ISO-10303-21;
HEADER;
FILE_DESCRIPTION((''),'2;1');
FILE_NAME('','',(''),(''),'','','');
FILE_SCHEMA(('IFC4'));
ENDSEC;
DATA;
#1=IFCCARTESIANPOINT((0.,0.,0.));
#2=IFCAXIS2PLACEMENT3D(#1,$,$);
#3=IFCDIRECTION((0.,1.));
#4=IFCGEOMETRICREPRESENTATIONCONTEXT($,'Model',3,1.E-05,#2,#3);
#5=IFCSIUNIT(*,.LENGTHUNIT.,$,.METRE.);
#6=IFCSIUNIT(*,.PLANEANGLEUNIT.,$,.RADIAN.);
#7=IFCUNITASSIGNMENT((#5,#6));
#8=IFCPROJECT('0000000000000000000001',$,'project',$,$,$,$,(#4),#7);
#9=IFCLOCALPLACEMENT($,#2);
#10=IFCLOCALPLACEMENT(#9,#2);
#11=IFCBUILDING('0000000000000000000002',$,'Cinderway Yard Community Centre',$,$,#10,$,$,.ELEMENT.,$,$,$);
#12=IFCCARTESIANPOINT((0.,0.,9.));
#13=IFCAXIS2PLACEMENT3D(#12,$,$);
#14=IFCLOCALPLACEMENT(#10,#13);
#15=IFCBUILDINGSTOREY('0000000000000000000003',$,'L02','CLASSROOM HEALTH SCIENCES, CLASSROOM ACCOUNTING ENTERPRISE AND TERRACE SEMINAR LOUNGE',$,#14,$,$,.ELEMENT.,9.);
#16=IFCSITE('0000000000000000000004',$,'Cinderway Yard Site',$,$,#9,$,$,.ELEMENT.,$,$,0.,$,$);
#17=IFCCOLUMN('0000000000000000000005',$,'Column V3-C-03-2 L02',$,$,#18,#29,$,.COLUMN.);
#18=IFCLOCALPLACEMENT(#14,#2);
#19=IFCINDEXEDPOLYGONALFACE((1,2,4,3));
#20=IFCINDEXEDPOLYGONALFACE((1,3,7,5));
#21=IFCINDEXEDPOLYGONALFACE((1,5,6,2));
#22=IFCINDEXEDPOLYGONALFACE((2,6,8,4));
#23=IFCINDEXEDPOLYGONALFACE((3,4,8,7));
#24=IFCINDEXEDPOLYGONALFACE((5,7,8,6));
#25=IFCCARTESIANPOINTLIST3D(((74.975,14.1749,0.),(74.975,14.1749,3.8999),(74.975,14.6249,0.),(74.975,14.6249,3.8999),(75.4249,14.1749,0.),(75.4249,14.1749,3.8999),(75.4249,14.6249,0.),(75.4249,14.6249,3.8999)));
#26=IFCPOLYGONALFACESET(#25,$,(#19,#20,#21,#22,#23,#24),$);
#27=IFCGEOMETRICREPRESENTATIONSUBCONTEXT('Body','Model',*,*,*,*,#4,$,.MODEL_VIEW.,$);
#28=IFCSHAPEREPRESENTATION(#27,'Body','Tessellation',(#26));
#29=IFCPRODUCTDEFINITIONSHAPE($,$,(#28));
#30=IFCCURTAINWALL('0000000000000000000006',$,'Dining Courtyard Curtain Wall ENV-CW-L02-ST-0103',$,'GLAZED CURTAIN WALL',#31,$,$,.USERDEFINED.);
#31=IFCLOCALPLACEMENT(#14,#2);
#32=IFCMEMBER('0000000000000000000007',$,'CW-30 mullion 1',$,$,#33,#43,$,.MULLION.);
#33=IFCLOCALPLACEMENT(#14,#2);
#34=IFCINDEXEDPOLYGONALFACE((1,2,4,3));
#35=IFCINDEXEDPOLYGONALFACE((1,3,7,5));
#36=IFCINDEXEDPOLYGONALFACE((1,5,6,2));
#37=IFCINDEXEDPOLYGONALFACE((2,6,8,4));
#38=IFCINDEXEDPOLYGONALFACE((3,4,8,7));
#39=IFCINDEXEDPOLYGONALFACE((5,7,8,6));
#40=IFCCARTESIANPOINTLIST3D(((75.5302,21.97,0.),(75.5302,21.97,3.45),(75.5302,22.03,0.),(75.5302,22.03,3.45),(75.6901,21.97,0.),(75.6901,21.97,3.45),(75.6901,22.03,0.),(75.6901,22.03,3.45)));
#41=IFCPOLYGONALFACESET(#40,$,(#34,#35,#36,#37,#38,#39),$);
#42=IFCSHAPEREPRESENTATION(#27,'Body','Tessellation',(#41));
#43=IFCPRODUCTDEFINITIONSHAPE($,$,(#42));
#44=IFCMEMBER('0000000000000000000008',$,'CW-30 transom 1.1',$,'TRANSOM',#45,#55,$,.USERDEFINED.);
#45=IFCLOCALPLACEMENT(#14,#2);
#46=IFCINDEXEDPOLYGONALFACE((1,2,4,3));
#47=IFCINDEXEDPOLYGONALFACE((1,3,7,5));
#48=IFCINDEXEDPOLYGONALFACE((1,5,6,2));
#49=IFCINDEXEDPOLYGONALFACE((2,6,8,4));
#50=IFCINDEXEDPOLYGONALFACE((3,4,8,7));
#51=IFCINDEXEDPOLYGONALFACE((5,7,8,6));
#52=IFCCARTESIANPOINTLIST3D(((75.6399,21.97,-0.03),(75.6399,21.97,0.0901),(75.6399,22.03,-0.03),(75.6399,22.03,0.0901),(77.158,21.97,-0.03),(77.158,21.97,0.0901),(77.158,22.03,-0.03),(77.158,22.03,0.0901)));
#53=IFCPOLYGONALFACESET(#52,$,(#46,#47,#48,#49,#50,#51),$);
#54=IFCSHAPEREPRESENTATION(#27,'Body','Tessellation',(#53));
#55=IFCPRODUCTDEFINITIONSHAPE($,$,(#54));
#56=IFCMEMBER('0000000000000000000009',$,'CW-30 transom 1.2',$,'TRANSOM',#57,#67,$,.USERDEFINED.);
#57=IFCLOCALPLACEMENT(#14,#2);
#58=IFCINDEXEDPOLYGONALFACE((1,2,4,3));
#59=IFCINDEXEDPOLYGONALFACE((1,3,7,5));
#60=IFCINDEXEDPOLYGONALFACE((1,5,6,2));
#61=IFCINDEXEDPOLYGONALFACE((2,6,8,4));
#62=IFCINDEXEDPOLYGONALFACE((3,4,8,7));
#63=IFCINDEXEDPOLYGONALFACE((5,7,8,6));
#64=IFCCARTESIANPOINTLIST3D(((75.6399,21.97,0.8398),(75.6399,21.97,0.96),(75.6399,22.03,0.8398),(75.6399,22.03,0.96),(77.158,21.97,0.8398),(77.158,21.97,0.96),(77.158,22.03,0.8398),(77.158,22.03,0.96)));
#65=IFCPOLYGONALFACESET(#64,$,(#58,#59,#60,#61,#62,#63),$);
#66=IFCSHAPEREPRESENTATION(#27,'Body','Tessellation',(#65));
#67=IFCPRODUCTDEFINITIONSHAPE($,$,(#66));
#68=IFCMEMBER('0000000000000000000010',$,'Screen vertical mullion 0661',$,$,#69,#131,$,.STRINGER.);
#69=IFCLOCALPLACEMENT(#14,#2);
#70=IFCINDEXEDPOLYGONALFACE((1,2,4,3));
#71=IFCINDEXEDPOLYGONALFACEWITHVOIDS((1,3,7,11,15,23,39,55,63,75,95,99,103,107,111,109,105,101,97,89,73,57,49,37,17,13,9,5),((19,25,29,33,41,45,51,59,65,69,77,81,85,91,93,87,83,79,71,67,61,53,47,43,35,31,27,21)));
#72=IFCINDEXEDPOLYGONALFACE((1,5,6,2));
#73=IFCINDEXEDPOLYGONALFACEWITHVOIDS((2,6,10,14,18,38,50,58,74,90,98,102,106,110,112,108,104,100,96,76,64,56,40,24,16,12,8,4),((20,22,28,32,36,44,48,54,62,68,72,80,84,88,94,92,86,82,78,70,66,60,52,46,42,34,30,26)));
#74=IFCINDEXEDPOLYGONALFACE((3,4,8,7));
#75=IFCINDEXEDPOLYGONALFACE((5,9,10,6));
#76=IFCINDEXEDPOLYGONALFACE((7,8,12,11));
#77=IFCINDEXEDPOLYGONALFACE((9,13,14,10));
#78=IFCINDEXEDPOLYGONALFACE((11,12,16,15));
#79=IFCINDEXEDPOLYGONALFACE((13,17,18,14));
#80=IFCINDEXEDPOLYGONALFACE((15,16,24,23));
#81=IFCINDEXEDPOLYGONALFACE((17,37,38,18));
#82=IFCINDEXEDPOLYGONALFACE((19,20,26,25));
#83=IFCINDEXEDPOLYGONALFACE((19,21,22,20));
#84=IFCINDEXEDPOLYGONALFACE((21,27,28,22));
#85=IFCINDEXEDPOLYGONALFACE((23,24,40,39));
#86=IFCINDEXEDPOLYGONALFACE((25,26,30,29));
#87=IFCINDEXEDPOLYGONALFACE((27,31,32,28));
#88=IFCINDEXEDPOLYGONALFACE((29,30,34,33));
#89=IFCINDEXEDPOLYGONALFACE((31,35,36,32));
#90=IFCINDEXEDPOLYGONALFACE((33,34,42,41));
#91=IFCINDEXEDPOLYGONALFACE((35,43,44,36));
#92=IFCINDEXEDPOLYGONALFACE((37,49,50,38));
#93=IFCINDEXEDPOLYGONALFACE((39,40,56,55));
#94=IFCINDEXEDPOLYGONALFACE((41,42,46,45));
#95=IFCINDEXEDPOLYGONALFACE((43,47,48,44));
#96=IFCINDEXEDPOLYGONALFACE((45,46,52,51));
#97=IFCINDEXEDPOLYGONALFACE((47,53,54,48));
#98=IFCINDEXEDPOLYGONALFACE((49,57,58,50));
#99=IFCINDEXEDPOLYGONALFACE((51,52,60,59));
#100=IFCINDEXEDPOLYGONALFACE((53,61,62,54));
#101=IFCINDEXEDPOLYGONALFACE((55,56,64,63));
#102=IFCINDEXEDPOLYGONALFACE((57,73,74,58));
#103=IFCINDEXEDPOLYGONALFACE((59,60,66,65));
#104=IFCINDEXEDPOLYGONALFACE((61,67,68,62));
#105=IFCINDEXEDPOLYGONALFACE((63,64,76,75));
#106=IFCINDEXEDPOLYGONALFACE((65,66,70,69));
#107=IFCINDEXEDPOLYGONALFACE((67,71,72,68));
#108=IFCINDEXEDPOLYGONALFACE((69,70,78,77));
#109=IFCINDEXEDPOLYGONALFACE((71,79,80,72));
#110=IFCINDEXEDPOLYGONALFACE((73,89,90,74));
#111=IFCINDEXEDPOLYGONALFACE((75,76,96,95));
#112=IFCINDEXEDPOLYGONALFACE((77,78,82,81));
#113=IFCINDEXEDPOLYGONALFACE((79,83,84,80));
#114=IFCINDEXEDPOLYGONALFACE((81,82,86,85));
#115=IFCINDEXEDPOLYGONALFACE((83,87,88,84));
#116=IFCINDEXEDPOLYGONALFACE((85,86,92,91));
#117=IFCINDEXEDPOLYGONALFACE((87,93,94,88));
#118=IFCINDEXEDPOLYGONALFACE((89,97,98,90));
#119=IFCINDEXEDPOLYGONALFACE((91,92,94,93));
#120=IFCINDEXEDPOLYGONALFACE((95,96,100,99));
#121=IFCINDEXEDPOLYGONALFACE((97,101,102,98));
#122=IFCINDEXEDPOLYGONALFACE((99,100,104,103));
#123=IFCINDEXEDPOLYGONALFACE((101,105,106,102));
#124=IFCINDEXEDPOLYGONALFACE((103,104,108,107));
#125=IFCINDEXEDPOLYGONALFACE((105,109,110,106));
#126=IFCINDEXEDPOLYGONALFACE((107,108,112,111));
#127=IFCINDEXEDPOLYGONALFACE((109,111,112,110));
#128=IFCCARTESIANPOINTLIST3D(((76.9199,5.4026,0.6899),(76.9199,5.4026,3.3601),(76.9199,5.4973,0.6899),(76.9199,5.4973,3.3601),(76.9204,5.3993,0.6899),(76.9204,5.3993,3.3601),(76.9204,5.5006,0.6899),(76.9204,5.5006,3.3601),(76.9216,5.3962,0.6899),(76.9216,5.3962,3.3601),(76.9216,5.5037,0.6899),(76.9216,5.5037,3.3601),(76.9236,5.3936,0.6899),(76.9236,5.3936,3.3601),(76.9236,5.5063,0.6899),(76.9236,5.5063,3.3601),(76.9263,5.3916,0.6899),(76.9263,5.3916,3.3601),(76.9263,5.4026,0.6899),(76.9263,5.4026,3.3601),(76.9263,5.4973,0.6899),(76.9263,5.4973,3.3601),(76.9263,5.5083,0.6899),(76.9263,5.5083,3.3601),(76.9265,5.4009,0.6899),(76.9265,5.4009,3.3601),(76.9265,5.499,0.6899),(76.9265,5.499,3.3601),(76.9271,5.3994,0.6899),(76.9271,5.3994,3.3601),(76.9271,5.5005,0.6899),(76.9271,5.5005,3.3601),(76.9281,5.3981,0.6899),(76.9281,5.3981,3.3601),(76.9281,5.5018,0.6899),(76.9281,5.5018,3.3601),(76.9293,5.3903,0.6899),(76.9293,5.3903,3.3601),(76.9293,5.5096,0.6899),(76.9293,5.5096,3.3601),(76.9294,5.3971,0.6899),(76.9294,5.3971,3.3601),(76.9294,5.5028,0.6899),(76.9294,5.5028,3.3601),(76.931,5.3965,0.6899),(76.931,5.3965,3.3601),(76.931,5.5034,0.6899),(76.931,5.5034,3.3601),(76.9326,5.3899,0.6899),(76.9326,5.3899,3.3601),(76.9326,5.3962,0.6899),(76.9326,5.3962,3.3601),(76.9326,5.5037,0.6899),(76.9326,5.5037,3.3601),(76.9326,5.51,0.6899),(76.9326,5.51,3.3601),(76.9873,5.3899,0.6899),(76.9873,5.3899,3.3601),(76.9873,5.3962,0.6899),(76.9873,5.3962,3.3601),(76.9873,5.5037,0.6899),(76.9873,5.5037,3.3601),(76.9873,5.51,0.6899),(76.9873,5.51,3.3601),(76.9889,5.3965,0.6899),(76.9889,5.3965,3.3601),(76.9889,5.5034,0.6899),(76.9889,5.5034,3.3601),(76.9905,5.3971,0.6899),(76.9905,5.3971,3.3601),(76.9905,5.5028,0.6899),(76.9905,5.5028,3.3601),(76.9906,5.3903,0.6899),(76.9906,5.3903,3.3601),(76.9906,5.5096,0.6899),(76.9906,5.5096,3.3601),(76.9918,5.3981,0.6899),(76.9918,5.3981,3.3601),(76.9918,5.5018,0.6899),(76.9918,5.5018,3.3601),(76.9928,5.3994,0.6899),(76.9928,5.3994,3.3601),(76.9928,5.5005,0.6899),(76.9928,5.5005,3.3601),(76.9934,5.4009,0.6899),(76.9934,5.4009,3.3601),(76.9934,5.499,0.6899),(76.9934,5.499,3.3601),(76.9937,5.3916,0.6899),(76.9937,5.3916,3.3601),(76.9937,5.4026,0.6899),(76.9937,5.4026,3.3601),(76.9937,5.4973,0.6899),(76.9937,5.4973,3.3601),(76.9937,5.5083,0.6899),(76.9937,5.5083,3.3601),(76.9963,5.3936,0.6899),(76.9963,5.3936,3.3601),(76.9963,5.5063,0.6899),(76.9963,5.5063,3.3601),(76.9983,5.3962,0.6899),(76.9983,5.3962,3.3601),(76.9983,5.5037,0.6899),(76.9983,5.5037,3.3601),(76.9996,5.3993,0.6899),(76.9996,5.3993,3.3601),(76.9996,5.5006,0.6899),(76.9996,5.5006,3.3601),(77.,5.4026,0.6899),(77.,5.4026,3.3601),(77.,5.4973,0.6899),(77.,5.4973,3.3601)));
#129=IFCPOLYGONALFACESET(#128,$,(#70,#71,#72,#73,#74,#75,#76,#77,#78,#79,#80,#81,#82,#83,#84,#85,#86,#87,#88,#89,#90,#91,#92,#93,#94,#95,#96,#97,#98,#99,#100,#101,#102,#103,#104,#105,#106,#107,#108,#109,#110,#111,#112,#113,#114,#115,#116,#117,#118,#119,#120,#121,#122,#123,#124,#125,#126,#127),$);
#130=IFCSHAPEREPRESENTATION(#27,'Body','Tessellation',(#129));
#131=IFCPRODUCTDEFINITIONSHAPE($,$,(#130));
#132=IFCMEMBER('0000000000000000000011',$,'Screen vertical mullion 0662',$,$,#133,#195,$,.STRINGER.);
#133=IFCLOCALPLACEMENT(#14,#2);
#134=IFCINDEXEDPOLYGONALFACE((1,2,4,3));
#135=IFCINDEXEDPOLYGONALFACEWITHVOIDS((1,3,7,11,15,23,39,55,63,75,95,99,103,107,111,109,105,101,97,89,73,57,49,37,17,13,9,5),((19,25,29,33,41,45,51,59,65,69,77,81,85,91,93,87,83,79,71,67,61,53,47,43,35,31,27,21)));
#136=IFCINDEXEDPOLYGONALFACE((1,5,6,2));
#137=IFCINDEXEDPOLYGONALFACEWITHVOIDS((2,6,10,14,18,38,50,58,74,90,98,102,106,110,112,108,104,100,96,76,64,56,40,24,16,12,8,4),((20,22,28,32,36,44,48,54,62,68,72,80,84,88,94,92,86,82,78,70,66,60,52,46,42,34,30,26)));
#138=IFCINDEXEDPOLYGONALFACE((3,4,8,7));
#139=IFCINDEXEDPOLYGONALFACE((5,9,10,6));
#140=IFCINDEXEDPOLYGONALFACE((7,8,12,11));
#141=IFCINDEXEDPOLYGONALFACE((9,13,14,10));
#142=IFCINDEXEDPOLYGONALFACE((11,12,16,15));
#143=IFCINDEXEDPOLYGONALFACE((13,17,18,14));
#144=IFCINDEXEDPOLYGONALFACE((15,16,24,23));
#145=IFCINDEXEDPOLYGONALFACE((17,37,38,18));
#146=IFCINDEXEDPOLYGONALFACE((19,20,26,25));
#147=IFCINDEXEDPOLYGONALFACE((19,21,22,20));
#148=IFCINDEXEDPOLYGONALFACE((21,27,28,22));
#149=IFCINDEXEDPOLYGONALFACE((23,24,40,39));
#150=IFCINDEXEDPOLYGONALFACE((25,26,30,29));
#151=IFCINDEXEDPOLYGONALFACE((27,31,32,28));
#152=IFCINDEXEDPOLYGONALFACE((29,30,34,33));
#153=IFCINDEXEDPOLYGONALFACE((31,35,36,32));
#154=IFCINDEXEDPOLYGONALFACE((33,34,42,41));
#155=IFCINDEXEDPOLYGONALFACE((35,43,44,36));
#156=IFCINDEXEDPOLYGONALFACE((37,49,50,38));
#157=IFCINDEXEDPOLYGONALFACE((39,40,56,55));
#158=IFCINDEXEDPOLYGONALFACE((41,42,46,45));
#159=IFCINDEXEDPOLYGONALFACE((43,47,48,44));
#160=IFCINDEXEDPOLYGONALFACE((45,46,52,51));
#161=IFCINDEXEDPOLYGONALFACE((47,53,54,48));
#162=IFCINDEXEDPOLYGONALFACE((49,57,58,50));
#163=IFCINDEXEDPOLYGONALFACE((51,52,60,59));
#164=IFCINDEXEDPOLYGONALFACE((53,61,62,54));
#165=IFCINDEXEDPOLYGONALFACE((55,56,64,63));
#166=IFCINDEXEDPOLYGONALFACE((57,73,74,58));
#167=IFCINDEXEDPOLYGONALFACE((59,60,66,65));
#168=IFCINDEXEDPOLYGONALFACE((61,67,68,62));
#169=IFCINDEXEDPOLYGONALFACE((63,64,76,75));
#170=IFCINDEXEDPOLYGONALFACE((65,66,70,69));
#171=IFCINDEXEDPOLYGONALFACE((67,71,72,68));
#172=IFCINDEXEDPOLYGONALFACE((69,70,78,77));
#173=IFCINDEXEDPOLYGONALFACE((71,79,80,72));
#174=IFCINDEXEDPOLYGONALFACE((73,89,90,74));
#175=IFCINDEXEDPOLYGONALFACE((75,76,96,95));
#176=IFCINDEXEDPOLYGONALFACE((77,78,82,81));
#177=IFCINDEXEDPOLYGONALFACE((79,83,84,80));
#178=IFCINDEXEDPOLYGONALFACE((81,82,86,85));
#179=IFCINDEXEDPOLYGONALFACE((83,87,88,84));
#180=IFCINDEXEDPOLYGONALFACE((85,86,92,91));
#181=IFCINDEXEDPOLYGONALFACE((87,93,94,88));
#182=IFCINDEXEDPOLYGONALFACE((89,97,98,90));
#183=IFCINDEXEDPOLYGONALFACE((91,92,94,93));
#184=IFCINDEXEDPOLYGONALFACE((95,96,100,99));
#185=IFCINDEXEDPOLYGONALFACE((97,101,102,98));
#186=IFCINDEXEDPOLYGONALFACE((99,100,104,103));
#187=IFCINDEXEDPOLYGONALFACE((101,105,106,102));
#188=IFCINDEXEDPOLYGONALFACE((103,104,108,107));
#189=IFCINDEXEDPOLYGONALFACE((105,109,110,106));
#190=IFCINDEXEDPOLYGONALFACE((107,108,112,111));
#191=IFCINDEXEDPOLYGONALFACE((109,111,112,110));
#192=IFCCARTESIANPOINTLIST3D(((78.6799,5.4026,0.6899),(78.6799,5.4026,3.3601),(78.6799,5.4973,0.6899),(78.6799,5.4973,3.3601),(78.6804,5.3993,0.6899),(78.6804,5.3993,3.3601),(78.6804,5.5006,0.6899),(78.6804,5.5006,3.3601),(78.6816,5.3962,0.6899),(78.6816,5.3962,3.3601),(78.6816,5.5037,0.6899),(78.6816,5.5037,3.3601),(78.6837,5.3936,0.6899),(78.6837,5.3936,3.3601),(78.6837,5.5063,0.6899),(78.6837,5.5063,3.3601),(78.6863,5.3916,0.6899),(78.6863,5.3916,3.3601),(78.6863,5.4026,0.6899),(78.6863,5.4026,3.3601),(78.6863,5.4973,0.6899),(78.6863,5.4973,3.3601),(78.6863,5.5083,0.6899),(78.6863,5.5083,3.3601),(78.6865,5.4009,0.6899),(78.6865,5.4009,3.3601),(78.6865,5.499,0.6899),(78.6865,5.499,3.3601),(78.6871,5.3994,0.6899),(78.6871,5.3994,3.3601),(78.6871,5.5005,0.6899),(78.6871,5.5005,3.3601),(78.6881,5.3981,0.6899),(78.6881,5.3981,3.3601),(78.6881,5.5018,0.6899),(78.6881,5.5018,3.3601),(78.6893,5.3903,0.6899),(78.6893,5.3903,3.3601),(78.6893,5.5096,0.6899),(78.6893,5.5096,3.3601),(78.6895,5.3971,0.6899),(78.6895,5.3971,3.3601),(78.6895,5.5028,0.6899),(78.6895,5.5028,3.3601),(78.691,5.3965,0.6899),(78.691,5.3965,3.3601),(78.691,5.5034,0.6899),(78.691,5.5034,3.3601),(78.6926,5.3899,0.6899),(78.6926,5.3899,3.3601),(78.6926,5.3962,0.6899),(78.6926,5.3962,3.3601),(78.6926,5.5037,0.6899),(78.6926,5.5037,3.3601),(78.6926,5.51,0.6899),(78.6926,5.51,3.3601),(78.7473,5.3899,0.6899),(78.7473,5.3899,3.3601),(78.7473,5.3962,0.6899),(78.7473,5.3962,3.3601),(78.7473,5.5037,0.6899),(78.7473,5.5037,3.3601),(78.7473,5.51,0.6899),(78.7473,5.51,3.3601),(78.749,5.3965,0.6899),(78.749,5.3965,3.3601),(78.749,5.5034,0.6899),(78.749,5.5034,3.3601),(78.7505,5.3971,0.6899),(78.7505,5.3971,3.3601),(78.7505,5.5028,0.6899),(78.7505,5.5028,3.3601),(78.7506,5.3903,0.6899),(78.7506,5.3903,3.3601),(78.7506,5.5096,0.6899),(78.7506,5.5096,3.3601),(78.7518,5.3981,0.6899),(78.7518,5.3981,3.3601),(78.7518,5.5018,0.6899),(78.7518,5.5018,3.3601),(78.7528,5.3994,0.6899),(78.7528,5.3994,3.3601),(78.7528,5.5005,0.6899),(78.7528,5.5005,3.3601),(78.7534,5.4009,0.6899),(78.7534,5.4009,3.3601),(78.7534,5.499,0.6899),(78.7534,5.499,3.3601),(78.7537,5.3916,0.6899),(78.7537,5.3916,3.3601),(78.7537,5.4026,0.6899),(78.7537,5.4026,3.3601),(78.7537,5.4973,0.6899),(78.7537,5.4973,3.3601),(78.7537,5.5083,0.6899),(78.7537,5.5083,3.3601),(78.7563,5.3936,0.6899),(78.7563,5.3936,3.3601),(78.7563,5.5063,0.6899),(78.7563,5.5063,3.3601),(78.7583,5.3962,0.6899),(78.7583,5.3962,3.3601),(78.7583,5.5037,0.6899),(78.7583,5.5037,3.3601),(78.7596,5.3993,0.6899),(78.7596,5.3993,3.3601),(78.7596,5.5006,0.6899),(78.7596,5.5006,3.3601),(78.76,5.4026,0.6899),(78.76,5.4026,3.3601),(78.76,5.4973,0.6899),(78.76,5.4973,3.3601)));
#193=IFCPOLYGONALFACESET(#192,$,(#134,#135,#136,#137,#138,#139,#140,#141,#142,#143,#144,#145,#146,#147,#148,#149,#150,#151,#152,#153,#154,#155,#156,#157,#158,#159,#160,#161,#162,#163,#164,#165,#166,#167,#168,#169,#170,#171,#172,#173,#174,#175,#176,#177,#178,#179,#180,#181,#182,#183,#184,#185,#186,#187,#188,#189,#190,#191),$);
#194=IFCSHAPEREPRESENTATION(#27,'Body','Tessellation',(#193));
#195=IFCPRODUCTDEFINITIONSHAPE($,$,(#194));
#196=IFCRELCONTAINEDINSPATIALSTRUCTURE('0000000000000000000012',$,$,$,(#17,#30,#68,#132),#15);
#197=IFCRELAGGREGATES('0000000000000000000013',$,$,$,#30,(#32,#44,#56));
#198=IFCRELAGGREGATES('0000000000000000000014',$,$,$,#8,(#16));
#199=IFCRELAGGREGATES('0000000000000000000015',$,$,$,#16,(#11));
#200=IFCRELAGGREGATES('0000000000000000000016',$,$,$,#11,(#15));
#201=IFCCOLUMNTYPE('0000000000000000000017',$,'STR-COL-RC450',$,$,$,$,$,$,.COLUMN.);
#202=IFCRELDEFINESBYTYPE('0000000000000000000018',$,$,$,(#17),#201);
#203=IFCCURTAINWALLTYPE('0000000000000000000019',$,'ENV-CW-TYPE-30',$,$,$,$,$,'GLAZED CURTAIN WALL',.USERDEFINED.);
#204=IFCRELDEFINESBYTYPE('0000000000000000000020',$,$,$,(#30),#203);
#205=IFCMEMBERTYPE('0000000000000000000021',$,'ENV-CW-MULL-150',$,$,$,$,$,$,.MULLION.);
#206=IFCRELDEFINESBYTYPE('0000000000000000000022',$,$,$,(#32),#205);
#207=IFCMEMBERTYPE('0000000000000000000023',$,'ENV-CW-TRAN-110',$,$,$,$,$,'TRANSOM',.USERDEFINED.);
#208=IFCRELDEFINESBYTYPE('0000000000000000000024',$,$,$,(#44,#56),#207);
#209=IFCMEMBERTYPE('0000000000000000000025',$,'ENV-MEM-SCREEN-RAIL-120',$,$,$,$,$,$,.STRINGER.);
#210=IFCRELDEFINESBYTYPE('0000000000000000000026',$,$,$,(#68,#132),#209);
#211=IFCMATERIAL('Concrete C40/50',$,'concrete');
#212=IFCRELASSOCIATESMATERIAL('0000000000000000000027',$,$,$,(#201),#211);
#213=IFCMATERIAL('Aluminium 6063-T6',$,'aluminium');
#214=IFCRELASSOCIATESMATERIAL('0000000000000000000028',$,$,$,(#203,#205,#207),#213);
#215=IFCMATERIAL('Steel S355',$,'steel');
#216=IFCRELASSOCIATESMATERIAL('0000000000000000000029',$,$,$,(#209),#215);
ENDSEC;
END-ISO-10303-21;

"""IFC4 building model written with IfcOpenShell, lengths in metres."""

from ifc_helpers import new_model, si_unit, direction, frame, origin, origin_2d, place, context, subcontext, project, spatial, rectangle, hollow_rectangle, extrude, material, material_profile, profile_set, type_object, element, aggregate, save


model = new_model("IFC4")

# Units and contexts
model_context = context("Model", 3, precision=1e-05, world=origin(), true_north=direction((0.0, 1.0)))
body_context = subcontext(model_context, "Body", "Model", "MODEL_VIEW")
ifc_project = project(units=[si_unit("LENGTHUNIT", "METRE"), si_unit("PLANEANGLEUNIT", "RADIAN")], contexts=[model_context])

# Site, building, storey
site_placement = place(None, origin())
site = spatial("IfcSite", under=ifc_project, at=site_placement, Name="Cinderway Yard Site", CompositionType="ELEMENT", RefElevation=0.0)
building_placement = place(site_placement, origin())
building = spatial("IfcBuilding", under=site, at=building_placement, Name="Cinderway Yard Community Centre", CompositionType="ELEMENT")
storey_placement = place(building_placement, frame((0.0, 0.0, 9.0)))
storey = spatial("IfcBuildingStorey", under=building, at=storey_placement, Name="L02", Description="CLASSROOM HEALTH SCIENCES, CLASSROOM ACCOUNTING ENTERPRISE AND TERRACE SEMINAR LOUNGE", CompositionType="ELEMENT", Elevation=9.0)

# Column
ifc_material_1 = material(Name="Concrete C40/50", Category="concrete")
ifc_material_profile_1 = material_profile(ifc_material_1, rectangle(XDim=0.45, YDim=0.45, at=origin_2d()), Name="Concrete C40/50")
ifc_profile_set_1 = profile_set([ifc_material_profile_1], Name="Concrete C40/50")
column_type = type_object("IfcColumnType", Name="STR-COL-RC450", PredefinedType="COLUMN", material=ifc_profile_set_1)
column_placement = place(storey_placement, frame((75.2, 14.3999, 0.0), z_axis=(0.0, 0.0, 1.0), x_axis=(1.0, 0.0, 0.0)))
element("IfcColumn", 1, at=column_placement, inside=storey, type_object=column_type, Name="Column V3-C-03-2 L02", PredefinedType="COLUMN", context=body_context, shape_type="SweptSolid", body=[
    extrude(rectangle(XDim=0.45, YDim=0.45, at=origin_2d()), origin(), (0.0, 0.0, 1.0), 3.8999),
])

# Curtain wall, members
ifc_material_2 = material(Name="Aluminium 6063-T6", Category="aluminium")
curtain_wall_type = type_object("IfcCurtainWallType", Name="ENV-CW-TYPE-30", ElementType="GLAZED CURTAIN WALL", PredefinedType="USERDEFINED", material=ifc_material_2)
curtain_wall_placement = place(storey_placement, origin())
curtain_wall = element("IfcCurtainWall", 2, at=curtain_wall_placement, inside=storey, type_object=curtain_wall_type, Name="Dining Courtyard Curtain Wall ENV-CW-L02-ST-0103", ObjectType="GLAZED CURTAIN WALL", PredefinedType="USERDEFINED")
ifc_material_profile_2 = material_profile(ifc_material_2, rectangle(XDim=0.0601, YDim=0.1599, at=origin_2d()), Name="Aluminium 6063-T6")
ifc_profile_set_2 = profile_set([ifc_material_profile_2], Name="Aluminium 6063-T6")
member_type_1 = type_object("IfcMemberType", Name="ENV-CW-MULL-150", PredefinedType="MULLION", material=ifc_profile_set_2)
member_1_placement = place(storey_placement, frame((75.6101, 22.0, 0.0), z_axis=(0.0, 0.0, 1.0), x_axis=(0.0, 1.0, 0.0)))
member_1 = element("IfcMember", 3, at=member_1_placement, type_object=member_type_1, Name="CW-30 mullion 1", PredefinedType="MULLION", context=body_context, shape_type="SweptSolid", body=[
    extrude(rectangle(XDim=0.0601, YDim=0.1599, at=origin_2d()), origin(), (0.0, 0.0, 1.0), 3.45),
])
ifc_material_profile_3 = material_profile(ifc_material_2, rectangle(XDim=0.0601, YDim=0.1201, at=origin_2d()), Name="Aluminium 6063-T6")
ifc_profile_set_3 = profile_set([ifc_material_profile_3], Name="Aluminium 6063-T6")
member_type_2 = type_object("IfcMemberType", Name="ENV-CW-TRAN-110", ElementType="TRANSOM", PredefinedType="USERDEFINED", material=ifc_profile_set_3)
member_2_placement = place(storey_placement, frame((75.6399, 22.0, 0.03), z_axis=(1.0, 0.0, 0.0), x_axis=(0.0, 1.0, 0.0)))
member_2 = element("IfcMember", 4, at=member_2_placement, type_object=member_type_2, Name="CW-30 transom 1.1", ObjectType="TRANSOM", PredefinedType="USERDEFINED", context=body_context, shape_type="SweptSolid", body=[
    extrude(rectangle(XDim=0.0601, YDim=0.1201, at=origin_2d()), origin(), (0.0, 0.0, 1.0), 1.5181),
])
member_3_placement = place(storey_placement, frame((75.6399, 22.0, 0.8999), z_axis=(1.0, 0.0, 0.0), x_axis=(0.0, 1.0, 0.0)))
member_3 = element("IfcMember", 5, at=member_3_placement, type_object=member_type_2, Name="CW-30 transom 1.2", ObjectType="TRANSOM", PredefinedType="USERDEFINED", context=body_context, shape_type="SweptSolid", body=[
    extrude(rectangle(XDim=0.0601, YDim=0.1201, at=origin_2d()), origin(), (0.0, 0.0, 1.0), 1.5181),
])
aggregate(curtain_wall, [member_1, member_2, member_3])

# Members
ifc_material_3 = material(Name="Steel S355", Category="steel")
ifc_material_profile_4 = material_profile(ifc_material_3, hollow_rectangle(XDim=0.0801, YDim=0.1201, WallThickness=0.0063, InnerFilletRadius=0.0063, OuterFilletRadius=0.0127, at=origin_2d()), Name="Steel S355")
ifc_profile_set_4 = profile_set([ifc_material_profile_4], Name="Steel S355")
member_type_3 = type_object("IfcMemberType", Name="ENV-MEM-SCREEN-RAIL-120", PredefinedType="STRINGER", material=ifc_profile_set_4)
for number, where, z_axis, x_axis, name in (
    (6, (76.96, 5.45, 0.6899), (0.0, 0.0, 1.0), (1.0, 0.0, 0.0), "Screen vertical mullion 0661"),
    (7, (78.72, 5.45, 0.6899), (0.0, 0.0, 1.0), (1.0, 0.0, 0.0), "Screen vertical mullion 0662"),
):
    element("IfcMember", number, at=place(storey_placement, frame(where, z_axis=z_axis, x_axis=x_axis)), inside=storey, type_object=member_type_3, Name=name, PredefinedType="STRINGER", context=body_context, shape_type="SweptSolid", body=[
        extrude(hollow_rectangle(XDim=0.0801, YDim=0.1201, WallThickness=0.0063, InnerFilletRadius=0.0063, OuterFilletRadius=0.0127, at=origin_2d()), origin(), (0.0, 0.0, 1.0), 2.6702),
    ])

save(model, "model.ifc")
